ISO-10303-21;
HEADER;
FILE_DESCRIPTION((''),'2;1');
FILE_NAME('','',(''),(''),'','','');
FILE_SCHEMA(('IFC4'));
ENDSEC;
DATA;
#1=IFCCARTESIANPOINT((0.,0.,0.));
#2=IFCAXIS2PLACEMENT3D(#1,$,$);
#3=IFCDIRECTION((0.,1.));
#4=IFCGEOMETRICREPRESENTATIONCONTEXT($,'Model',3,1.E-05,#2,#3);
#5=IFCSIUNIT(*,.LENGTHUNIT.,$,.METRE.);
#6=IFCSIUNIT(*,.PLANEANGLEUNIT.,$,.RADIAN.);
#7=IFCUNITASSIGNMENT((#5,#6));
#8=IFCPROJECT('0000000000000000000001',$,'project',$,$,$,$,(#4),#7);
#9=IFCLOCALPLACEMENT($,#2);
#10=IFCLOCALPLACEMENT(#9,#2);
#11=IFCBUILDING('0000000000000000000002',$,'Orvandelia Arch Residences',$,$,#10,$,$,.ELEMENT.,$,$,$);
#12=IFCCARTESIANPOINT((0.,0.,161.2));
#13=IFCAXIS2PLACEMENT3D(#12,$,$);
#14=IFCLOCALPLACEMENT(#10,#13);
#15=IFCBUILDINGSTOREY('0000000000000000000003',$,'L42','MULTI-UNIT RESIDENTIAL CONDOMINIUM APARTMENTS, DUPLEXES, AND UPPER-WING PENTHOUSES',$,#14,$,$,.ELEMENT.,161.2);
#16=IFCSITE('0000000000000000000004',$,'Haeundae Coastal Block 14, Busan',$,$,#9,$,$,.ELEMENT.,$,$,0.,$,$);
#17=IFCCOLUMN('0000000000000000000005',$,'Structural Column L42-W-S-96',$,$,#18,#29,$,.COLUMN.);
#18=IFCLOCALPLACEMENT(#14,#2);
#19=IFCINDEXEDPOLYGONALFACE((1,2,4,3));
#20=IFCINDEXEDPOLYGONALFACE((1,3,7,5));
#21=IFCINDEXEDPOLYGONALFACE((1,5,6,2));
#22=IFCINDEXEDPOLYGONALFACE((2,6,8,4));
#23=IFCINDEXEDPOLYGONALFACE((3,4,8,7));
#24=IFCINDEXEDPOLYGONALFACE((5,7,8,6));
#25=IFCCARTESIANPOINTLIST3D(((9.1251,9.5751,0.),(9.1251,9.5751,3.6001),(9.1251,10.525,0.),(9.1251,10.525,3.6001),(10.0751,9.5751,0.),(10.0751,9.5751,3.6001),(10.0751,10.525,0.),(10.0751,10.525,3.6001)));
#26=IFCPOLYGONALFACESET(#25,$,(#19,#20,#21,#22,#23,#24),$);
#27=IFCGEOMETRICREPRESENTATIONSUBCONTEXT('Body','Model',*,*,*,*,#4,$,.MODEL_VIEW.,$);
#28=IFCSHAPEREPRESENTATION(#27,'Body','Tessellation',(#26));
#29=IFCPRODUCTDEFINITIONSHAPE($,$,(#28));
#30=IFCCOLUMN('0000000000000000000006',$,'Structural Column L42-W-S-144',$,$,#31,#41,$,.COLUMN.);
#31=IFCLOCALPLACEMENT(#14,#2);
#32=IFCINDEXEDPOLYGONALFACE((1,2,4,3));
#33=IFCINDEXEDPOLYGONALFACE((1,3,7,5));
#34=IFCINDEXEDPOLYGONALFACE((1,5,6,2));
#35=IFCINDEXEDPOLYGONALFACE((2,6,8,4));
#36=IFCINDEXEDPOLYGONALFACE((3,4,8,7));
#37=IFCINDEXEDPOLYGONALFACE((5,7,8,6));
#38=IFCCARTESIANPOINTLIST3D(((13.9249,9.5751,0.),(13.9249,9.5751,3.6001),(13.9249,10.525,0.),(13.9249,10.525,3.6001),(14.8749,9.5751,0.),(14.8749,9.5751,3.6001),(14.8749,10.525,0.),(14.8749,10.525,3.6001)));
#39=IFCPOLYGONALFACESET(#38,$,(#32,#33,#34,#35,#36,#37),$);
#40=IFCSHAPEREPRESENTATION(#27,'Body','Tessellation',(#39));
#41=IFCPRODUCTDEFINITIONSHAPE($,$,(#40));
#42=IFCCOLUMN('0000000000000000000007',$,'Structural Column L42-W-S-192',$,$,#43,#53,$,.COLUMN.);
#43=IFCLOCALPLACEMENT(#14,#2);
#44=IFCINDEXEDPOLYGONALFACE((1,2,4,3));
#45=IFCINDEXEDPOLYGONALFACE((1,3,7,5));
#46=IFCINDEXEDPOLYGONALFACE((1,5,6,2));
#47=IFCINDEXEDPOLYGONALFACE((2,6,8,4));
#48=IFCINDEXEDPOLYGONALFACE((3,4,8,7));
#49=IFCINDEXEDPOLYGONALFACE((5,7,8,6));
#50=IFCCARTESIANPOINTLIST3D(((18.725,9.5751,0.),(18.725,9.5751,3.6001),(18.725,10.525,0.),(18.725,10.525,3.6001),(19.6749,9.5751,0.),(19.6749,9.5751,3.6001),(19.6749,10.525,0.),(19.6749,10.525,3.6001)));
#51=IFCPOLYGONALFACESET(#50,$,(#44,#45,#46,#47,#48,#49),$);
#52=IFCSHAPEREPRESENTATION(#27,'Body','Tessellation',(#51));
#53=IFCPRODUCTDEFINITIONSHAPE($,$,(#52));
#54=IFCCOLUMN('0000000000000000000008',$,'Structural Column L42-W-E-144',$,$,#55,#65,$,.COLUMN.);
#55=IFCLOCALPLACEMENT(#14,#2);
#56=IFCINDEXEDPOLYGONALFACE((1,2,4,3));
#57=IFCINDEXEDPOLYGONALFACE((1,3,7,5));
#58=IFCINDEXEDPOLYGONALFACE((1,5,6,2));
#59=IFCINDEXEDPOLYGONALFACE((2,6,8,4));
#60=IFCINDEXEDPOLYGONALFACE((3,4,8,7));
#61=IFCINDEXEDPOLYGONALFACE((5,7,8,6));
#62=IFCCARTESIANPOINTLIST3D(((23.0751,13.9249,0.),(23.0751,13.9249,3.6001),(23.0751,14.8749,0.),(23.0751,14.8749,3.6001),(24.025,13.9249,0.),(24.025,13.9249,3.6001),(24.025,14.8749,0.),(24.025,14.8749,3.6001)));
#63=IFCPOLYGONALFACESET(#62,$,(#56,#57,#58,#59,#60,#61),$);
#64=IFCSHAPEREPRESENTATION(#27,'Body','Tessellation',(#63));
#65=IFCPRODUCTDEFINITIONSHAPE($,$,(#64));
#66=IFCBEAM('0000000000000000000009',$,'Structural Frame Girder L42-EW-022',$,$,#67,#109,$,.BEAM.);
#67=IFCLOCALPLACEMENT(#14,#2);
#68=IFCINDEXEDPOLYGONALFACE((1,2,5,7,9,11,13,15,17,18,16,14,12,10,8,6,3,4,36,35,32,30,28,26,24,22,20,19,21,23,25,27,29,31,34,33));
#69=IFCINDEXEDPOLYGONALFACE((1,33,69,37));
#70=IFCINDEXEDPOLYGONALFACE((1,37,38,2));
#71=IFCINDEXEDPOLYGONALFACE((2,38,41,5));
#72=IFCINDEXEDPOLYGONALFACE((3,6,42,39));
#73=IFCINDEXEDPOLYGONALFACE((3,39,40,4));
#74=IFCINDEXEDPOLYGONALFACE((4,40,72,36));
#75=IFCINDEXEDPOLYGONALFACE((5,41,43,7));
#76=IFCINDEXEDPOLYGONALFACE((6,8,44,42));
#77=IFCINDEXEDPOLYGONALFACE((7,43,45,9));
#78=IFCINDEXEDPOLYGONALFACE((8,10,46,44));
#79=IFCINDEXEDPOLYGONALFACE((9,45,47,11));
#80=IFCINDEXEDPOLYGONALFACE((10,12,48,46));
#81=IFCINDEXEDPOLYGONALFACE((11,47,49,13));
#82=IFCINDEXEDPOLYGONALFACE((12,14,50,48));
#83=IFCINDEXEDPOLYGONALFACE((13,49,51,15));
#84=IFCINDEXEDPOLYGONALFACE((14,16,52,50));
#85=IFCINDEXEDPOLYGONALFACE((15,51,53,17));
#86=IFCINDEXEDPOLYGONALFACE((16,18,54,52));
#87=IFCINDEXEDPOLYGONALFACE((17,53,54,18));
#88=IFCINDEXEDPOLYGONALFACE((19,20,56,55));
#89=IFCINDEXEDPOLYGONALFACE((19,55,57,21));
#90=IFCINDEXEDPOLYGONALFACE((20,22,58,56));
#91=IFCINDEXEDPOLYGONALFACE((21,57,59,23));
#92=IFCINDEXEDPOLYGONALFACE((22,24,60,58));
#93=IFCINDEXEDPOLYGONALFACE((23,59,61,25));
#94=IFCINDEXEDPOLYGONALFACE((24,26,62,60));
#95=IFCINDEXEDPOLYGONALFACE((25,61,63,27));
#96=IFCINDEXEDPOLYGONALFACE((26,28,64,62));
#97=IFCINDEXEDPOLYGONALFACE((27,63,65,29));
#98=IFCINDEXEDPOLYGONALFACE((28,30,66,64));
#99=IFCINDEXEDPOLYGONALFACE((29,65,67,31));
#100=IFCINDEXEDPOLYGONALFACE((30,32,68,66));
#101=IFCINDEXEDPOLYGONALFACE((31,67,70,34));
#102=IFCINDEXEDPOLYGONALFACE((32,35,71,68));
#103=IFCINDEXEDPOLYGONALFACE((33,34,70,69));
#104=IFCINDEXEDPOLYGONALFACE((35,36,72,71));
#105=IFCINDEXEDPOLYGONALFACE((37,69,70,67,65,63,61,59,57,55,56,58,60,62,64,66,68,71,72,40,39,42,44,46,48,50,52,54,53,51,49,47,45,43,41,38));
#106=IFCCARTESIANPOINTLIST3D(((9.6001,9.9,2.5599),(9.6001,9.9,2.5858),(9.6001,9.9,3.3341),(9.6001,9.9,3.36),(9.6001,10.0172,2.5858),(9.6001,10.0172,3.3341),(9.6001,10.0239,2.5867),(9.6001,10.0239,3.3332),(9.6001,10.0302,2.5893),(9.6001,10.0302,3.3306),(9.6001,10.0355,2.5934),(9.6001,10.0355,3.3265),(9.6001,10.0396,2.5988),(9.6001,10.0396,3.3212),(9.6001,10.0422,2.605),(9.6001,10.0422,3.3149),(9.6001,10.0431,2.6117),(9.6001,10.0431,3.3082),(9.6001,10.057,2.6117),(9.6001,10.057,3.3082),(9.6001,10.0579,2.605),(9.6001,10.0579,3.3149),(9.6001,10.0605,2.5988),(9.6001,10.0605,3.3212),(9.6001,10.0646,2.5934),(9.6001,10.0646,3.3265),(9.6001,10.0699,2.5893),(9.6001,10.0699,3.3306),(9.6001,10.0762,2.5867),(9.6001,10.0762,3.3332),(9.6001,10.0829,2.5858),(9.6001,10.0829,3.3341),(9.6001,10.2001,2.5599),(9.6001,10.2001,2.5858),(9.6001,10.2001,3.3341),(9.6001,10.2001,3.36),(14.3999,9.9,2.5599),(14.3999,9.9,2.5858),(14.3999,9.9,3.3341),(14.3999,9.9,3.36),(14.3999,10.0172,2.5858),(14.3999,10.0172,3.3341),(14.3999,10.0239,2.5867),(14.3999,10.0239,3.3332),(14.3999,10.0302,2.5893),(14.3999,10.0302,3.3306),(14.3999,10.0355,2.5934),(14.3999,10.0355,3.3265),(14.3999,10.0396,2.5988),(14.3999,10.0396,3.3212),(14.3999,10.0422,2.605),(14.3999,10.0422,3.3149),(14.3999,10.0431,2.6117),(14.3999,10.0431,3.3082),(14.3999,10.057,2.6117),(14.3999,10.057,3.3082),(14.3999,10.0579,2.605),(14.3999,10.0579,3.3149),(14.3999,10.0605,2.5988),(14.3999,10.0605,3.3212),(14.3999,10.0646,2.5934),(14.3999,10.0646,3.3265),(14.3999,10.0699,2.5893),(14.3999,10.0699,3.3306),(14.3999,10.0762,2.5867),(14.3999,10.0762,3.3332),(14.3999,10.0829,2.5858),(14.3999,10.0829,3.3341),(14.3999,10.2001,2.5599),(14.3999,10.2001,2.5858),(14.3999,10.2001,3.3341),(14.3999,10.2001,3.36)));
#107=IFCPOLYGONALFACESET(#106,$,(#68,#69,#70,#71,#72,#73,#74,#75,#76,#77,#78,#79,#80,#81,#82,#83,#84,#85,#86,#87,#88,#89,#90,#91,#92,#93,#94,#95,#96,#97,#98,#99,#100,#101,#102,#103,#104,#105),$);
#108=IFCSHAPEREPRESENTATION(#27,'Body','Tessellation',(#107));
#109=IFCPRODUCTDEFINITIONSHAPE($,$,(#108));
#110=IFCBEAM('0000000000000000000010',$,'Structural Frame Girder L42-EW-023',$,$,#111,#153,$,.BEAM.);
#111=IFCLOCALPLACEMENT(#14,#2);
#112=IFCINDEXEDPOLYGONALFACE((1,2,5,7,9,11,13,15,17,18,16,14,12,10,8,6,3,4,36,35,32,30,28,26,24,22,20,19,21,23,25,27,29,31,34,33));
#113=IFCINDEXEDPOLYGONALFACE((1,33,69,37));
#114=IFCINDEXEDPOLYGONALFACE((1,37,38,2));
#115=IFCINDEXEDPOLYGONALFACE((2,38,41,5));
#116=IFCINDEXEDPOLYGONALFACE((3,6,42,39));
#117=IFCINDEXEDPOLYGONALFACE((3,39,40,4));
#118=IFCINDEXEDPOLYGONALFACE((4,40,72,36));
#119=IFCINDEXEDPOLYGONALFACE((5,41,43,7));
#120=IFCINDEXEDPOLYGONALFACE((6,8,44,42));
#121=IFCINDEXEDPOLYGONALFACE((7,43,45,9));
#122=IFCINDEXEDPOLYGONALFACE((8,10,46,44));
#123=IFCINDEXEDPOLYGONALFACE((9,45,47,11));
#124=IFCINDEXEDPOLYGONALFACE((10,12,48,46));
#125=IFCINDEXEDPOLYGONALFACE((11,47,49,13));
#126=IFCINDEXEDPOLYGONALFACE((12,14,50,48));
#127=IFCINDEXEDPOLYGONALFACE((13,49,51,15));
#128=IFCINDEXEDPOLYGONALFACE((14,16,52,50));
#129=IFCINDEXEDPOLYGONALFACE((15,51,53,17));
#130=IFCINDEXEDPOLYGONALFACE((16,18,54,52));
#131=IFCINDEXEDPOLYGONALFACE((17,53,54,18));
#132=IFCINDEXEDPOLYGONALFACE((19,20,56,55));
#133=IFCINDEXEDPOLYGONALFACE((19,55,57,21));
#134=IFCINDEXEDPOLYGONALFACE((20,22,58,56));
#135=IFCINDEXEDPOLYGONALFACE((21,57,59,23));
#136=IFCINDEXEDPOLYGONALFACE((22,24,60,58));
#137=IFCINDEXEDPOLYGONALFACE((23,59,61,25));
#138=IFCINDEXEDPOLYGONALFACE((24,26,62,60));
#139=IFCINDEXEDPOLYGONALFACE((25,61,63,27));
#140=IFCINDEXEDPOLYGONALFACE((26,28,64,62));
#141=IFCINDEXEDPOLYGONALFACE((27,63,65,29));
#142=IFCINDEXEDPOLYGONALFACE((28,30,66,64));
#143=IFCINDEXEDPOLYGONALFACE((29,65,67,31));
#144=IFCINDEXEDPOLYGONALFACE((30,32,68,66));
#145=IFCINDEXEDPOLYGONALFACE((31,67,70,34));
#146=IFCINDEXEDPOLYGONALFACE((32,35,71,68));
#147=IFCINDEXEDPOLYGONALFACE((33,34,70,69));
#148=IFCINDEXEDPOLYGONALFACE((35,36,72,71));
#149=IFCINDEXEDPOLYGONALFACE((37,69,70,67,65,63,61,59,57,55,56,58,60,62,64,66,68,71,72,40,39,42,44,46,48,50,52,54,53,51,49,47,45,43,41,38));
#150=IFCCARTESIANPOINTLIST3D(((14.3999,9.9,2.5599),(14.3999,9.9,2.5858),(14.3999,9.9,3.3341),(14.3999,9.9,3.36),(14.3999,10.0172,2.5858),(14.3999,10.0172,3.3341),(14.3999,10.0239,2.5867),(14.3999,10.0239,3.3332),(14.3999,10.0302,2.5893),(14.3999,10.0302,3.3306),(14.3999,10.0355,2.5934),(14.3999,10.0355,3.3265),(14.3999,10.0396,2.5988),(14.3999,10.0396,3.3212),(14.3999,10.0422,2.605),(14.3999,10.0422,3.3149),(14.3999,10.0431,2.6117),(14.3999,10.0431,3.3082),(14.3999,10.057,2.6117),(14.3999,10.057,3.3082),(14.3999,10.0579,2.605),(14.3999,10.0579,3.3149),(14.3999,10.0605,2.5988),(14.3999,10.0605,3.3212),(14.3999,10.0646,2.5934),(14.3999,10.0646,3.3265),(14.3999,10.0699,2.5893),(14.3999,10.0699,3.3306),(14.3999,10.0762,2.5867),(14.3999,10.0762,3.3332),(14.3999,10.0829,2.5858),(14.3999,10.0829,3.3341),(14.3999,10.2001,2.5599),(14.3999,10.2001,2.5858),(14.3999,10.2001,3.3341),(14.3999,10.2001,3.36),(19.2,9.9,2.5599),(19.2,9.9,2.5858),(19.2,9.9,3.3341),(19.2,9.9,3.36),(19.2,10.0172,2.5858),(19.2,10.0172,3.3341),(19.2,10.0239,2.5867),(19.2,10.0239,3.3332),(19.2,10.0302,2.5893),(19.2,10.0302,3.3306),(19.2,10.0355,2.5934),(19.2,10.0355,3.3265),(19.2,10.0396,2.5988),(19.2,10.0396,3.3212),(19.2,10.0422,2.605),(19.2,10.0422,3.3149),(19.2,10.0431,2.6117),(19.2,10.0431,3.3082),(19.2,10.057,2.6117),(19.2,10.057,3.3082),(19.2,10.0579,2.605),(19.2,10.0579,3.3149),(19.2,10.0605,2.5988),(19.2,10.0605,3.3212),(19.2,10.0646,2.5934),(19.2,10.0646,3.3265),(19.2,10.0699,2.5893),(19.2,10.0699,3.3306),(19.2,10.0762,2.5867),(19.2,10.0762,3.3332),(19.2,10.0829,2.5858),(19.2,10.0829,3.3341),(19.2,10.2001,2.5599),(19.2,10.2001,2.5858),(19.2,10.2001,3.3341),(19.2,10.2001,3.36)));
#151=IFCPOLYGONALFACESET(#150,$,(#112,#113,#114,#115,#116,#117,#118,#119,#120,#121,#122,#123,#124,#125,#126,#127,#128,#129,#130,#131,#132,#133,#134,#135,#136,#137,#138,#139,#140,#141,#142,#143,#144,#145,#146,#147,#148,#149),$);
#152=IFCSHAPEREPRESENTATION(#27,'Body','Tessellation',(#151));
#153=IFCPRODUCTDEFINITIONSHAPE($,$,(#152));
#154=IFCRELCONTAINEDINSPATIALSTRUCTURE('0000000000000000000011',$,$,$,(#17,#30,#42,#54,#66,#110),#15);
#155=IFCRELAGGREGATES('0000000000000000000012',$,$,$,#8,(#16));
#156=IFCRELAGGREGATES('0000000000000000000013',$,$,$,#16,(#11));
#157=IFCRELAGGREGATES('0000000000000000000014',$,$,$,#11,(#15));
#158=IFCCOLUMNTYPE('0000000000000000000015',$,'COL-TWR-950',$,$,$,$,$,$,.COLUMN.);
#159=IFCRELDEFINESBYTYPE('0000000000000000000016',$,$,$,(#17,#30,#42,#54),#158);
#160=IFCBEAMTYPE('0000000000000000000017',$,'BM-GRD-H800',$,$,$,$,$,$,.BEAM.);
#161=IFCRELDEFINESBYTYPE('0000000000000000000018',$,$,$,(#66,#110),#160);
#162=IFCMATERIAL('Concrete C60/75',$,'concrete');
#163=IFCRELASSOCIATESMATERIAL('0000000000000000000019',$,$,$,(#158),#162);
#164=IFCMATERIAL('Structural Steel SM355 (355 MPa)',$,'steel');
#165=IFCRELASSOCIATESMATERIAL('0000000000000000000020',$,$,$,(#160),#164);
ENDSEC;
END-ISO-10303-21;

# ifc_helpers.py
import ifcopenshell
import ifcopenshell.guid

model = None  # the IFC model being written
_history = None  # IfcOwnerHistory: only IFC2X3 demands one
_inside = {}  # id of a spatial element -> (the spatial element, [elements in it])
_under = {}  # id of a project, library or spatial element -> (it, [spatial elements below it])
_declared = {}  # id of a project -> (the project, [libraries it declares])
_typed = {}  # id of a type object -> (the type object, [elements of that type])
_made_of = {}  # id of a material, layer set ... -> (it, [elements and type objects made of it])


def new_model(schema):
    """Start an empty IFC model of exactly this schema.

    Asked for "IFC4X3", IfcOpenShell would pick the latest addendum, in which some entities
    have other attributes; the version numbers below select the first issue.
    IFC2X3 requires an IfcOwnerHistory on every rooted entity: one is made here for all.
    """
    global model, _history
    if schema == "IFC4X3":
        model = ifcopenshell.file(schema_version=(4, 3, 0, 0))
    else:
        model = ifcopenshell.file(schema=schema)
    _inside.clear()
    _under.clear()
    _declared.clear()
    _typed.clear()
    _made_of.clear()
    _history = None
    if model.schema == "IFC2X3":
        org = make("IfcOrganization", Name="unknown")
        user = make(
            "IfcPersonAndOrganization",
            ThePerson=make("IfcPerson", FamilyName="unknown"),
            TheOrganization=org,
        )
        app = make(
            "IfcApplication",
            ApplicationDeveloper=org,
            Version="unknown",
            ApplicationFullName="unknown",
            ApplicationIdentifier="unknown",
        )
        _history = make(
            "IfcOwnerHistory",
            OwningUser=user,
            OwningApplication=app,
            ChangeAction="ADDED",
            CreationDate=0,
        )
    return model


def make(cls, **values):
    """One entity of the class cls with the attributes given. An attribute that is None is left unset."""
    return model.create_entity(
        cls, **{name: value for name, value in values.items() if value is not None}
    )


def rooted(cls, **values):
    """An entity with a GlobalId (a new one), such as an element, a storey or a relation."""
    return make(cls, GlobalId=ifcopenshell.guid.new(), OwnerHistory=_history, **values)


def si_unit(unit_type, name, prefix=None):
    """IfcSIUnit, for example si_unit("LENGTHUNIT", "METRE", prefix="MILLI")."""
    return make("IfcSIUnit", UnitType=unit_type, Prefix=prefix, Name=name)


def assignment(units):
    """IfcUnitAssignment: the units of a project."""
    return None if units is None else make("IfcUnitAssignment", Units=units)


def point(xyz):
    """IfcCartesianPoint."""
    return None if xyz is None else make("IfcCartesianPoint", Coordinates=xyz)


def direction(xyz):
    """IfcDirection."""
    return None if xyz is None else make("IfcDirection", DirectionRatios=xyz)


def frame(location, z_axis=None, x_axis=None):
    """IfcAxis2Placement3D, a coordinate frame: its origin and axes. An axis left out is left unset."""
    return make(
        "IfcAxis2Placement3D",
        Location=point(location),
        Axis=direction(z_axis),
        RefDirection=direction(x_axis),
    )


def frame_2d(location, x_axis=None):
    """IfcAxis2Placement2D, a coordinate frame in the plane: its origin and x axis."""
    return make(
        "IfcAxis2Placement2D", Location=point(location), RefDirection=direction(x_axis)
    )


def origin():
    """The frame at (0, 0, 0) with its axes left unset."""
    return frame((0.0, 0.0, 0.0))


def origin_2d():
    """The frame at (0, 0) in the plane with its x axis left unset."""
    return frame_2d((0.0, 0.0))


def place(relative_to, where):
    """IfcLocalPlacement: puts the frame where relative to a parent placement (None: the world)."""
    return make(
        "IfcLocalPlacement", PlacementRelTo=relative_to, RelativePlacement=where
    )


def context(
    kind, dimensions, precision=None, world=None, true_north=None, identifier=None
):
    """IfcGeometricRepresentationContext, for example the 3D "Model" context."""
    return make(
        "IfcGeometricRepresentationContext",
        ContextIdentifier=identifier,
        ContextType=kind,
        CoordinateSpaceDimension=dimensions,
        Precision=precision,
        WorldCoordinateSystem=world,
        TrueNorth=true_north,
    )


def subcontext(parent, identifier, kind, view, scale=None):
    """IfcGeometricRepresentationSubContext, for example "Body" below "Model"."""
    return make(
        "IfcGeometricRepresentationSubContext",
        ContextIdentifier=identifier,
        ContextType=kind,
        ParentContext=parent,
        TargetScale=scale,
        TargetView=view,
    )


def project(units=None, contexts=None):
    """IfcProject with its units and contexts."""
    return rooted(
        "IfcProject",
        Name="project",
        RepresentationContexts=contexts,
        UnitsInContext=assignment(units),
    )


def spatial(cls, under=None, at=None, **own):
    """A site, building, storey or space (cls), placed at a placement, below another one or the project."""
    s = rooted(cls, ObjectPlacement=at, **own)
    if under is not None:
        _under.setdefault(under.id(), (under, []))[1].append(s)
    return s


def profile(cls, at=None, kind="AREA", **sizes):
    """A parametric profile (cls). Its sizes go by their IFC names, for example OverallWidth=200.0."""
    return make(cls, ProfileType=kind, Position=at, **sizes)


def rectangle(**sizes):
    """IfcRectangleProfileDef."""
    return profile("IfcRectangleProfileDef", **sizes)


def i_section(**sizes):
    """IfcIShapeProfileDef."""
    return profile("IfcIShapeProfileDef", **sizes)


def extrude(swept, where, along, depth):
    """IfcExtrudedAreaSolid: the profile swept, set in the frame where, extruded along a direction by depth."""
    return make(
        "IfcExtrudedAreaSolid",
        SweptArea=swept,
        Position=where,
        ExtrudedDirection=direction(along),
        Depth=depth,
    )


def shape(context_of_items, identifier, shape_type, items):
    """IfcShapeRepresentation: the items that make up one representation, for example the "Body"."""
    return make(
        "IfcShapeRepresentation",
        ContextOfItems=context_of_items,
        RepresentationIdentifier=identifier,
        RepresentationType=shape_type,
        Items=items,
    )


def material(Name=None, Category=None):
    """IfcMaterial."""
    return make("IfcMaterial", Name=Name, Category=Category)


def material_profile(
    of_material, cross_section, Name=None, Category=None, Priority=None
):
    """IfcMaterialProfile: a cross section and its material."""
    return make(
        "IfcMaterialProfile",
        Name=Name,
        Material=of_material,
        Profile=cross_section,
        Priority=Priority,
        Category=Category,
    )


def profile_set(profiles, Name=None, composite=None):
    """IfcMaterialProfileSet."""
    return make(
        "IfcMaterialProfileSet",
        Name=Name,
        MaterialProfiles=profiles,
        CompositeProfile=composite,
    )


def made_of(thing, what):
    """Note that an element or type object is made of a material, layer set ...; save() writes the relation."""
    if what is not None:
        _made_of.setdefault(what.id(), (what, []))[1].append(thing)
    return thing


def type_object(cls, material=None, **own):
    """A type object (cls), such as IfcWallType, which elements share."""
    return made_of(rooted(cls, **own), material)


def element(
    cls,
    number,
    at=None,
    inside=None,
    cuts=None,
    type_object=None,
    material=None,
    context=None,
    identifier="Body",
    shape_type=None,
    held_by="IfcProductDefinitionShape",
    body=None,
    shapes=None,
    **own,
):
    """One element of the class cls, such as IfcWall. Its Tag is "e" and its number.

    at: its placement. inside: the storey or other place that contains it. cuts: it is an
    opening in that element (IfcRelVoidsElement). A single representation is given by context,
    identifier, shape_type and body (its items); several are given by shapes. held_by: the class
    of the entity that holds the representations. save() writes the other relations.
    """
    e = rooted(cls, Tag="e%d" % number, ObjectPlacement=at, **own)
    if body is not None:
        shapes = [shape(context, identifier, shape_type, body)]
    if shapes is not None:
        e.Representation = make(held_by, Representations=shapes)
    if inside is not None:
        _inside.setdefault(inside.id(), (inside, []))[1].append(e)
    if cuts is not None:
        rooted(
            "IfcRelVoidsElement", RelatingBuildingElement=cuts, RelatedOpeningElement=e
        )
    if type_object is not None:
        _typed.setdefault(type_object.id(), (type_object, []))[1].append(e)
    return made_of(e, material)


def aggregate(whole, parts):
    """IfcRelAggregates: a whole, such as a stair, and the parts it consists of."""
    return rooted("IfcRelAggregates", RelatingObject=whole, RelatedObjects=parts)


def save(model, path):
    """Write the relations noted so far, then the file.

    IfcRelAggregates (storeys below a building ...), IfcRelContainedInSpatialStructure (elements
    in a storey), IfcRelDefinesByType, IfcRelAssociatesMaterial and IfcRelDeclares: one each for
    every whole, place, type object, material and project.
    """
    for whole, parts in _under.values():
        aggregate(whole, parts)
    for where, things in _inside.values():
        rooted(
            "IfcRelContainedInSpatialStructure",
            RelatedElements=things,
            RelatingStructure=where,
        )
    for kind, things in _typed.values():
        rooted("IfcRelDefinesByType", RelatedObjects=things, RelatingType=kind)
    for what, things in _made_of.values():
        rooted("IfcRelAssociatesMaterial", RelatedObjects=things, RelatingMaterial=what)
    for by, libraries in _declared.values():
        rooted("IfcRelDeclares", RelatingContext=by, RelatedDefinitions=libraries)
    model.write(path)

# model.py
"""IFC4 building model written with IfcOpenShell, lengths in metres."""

from ifc_helpers import new_model, si_unit, direction, frame, origin, origin_2d, place, context, subcontext, project, spatial, rectangle, i_section, extrude, material, material_profile, profile_set, type_object, element, save


model = new_model("IFC4")

# Units and contexts
model_context = context("Model", 3, precision=1e-05, world=origin(), true_north=direction((0.0, 1.0)))
body_context = subcontext(model_context, "Body", "Model", "MODEL_VIEW")
ifc_project = project(units=[si_unit("LENGTHUNIT", "METRE"), si_unit("PLANEANGLEUNIT", "RADIAN")], contexts=[model_context])

# Site, building, storey
site_placement = place(None, origin())
site = spatial("IfcSite", under=ifc_project, at=site_placement, Name="Haeundae Coastal Block 14, Busan", CompositionType="ELEMENT", RefElevation=0.0)
building_placement = place(site_placement, origin())
building = spatial("IfcBuilding", under=site, at=building_placement, Name="Orvandelia Arch Residences", CompositionType="ELEMENT")
storey_placement = place(building_placement, frame((0.0, 0.0, 161.2)))
storey = spatial("IfcBuildingStorey", under=building, at=storey_placement, Name="L42", Description="MULTI-UNIT RESIDENTIAL CONDOMINIUM APARTMENTS, DUPLEXES, AND UPPER-WING PENTHOUSES", CompositionType="ELEMENT", Elevation=161.2)

# Columns
ifc_material_1 = material(Name="Concrete C60/75", Category="concrete")
ifc_material_profile_1 = material_profile(ifc_material_1, rectangle(XDim=0.95, YDim=0.95, at=origin_2d()), Name="Concrete C60/75", Category="concrete")
ifc_profile_set_1 = profile_set([ifc_material_profile_1], Name="Concrete C60/75")
column_type = type_object("IfcColumnType", Name="COL-TWR-950", PredefinedType="COLUMN", material=ifc_profile_set_1)
for number, where, z_axis, x_axis, name in (
    (1, (9.6001, 10.05, 0.0), (0.0, 0.0, 1.0), (1.0, 0.0, 0.0), "Structural Column L42-W-S-96"),
    (2, (14.3999, 10.05, 0.0), (0.0, 0.0, 1.0), (1.0, 0.0, 0.0), "Structural Column L42-W-S-144"),
    (3, (19.2, 10.05, 0.0), (0.0, 0.0, 1.0), (1.0, 0.0, 0.0), "Structural Column L42-W-S-192"),
    (4, (23.55, 14.3999, 0.0), (0.0, 0.0, 1.0), (1.0, 0.0, 0.0), "Structural Column L42-W-E-144"),
):
    element("IfcColumn", number, at=place(storey_placement, frame(where, z_axis=z_axis, x_axis=x_axis)), inside=storey, type_object=column_type, Name=name, PredefinedType="COLUMN", context=body_context, shape_type="SweptSolid", body=[
        extrude(rectangle(XDim=0.95, YDim=0.95, at=origin_2d()), origin(), (0.0, 0.0, 1.0), 3.6001),
    ])

# Beams
ifc_material_2 = material(Name="Structural Steel SM355 (355 MPa)", Category="steel")
ifc_material_profile_2 = material_profile(ifc_material_2, i_section(OverallWidth=0.3, OverallDepth=0.8, WebThickness=0.0139, FlangeThickness=0.0259, FilletRadius=0.0259, at=origin_2d()), Name="Structural Steel SM355 (355 MPa)", Category="steel")
ifc_profile_set_2 = profile_set([ifc_material_profile_2], Name="Structural Steel SM355 (355 MPa)")
beam_type = type_object("IfcBeamType", Name="BM-GRD-H800", PredefinedType="BEAM", material=ifc_profile_set_2)
beam_1_placement = place(storey_placement, frame((9.6001, 10.05, 2.96), z_axis=(1.0, 0.0, 0.0), x_axis=(0.0, 1.0, 0.0)))
element("IfcBeam", 5, at=beam_1_placement, inside=storey, type_object=beam_type, Name="Structural Frame Girder L42-EW-022", PredefinedType="BEAM", context=body_context, shape_type="SweptSolid", body=[
    extrude(i_section(OverallWidth=0.3, OverallDepth=0.8, WebThickness=0.0139, FlangeThickness=0.0259, FilletRadius=0.0259, at=origin_2d()), origin(), (0.0, 0.0, 1.0), 4.7998),
])
beam_2_placement = place(storey_placement, frame((14.3999, 10.05, 2.96), z_axis=(1.0, 0.0, 0.0), x_axis=(0.0, 1.0, 0.0)))
element("IfcBeam", 6, at=beam_2_placement, inside=storey, type_object=beam_type, Name="Structural Frame Girder L42-EW-023", PredefinedType="BEAM", context=body_context, shape_type="SweptSolid", body=[
    extrude(i_section(OverallWidth=0.3, OverallDepth=0.8, WebThickness=0.0139, FlangeThickness=0.0259, FilletRadius=0.0259, at=origin_2d()), origin(), (0.0, 0.0, 1.0), 4.8),
])

save(model, "model.ifc")
